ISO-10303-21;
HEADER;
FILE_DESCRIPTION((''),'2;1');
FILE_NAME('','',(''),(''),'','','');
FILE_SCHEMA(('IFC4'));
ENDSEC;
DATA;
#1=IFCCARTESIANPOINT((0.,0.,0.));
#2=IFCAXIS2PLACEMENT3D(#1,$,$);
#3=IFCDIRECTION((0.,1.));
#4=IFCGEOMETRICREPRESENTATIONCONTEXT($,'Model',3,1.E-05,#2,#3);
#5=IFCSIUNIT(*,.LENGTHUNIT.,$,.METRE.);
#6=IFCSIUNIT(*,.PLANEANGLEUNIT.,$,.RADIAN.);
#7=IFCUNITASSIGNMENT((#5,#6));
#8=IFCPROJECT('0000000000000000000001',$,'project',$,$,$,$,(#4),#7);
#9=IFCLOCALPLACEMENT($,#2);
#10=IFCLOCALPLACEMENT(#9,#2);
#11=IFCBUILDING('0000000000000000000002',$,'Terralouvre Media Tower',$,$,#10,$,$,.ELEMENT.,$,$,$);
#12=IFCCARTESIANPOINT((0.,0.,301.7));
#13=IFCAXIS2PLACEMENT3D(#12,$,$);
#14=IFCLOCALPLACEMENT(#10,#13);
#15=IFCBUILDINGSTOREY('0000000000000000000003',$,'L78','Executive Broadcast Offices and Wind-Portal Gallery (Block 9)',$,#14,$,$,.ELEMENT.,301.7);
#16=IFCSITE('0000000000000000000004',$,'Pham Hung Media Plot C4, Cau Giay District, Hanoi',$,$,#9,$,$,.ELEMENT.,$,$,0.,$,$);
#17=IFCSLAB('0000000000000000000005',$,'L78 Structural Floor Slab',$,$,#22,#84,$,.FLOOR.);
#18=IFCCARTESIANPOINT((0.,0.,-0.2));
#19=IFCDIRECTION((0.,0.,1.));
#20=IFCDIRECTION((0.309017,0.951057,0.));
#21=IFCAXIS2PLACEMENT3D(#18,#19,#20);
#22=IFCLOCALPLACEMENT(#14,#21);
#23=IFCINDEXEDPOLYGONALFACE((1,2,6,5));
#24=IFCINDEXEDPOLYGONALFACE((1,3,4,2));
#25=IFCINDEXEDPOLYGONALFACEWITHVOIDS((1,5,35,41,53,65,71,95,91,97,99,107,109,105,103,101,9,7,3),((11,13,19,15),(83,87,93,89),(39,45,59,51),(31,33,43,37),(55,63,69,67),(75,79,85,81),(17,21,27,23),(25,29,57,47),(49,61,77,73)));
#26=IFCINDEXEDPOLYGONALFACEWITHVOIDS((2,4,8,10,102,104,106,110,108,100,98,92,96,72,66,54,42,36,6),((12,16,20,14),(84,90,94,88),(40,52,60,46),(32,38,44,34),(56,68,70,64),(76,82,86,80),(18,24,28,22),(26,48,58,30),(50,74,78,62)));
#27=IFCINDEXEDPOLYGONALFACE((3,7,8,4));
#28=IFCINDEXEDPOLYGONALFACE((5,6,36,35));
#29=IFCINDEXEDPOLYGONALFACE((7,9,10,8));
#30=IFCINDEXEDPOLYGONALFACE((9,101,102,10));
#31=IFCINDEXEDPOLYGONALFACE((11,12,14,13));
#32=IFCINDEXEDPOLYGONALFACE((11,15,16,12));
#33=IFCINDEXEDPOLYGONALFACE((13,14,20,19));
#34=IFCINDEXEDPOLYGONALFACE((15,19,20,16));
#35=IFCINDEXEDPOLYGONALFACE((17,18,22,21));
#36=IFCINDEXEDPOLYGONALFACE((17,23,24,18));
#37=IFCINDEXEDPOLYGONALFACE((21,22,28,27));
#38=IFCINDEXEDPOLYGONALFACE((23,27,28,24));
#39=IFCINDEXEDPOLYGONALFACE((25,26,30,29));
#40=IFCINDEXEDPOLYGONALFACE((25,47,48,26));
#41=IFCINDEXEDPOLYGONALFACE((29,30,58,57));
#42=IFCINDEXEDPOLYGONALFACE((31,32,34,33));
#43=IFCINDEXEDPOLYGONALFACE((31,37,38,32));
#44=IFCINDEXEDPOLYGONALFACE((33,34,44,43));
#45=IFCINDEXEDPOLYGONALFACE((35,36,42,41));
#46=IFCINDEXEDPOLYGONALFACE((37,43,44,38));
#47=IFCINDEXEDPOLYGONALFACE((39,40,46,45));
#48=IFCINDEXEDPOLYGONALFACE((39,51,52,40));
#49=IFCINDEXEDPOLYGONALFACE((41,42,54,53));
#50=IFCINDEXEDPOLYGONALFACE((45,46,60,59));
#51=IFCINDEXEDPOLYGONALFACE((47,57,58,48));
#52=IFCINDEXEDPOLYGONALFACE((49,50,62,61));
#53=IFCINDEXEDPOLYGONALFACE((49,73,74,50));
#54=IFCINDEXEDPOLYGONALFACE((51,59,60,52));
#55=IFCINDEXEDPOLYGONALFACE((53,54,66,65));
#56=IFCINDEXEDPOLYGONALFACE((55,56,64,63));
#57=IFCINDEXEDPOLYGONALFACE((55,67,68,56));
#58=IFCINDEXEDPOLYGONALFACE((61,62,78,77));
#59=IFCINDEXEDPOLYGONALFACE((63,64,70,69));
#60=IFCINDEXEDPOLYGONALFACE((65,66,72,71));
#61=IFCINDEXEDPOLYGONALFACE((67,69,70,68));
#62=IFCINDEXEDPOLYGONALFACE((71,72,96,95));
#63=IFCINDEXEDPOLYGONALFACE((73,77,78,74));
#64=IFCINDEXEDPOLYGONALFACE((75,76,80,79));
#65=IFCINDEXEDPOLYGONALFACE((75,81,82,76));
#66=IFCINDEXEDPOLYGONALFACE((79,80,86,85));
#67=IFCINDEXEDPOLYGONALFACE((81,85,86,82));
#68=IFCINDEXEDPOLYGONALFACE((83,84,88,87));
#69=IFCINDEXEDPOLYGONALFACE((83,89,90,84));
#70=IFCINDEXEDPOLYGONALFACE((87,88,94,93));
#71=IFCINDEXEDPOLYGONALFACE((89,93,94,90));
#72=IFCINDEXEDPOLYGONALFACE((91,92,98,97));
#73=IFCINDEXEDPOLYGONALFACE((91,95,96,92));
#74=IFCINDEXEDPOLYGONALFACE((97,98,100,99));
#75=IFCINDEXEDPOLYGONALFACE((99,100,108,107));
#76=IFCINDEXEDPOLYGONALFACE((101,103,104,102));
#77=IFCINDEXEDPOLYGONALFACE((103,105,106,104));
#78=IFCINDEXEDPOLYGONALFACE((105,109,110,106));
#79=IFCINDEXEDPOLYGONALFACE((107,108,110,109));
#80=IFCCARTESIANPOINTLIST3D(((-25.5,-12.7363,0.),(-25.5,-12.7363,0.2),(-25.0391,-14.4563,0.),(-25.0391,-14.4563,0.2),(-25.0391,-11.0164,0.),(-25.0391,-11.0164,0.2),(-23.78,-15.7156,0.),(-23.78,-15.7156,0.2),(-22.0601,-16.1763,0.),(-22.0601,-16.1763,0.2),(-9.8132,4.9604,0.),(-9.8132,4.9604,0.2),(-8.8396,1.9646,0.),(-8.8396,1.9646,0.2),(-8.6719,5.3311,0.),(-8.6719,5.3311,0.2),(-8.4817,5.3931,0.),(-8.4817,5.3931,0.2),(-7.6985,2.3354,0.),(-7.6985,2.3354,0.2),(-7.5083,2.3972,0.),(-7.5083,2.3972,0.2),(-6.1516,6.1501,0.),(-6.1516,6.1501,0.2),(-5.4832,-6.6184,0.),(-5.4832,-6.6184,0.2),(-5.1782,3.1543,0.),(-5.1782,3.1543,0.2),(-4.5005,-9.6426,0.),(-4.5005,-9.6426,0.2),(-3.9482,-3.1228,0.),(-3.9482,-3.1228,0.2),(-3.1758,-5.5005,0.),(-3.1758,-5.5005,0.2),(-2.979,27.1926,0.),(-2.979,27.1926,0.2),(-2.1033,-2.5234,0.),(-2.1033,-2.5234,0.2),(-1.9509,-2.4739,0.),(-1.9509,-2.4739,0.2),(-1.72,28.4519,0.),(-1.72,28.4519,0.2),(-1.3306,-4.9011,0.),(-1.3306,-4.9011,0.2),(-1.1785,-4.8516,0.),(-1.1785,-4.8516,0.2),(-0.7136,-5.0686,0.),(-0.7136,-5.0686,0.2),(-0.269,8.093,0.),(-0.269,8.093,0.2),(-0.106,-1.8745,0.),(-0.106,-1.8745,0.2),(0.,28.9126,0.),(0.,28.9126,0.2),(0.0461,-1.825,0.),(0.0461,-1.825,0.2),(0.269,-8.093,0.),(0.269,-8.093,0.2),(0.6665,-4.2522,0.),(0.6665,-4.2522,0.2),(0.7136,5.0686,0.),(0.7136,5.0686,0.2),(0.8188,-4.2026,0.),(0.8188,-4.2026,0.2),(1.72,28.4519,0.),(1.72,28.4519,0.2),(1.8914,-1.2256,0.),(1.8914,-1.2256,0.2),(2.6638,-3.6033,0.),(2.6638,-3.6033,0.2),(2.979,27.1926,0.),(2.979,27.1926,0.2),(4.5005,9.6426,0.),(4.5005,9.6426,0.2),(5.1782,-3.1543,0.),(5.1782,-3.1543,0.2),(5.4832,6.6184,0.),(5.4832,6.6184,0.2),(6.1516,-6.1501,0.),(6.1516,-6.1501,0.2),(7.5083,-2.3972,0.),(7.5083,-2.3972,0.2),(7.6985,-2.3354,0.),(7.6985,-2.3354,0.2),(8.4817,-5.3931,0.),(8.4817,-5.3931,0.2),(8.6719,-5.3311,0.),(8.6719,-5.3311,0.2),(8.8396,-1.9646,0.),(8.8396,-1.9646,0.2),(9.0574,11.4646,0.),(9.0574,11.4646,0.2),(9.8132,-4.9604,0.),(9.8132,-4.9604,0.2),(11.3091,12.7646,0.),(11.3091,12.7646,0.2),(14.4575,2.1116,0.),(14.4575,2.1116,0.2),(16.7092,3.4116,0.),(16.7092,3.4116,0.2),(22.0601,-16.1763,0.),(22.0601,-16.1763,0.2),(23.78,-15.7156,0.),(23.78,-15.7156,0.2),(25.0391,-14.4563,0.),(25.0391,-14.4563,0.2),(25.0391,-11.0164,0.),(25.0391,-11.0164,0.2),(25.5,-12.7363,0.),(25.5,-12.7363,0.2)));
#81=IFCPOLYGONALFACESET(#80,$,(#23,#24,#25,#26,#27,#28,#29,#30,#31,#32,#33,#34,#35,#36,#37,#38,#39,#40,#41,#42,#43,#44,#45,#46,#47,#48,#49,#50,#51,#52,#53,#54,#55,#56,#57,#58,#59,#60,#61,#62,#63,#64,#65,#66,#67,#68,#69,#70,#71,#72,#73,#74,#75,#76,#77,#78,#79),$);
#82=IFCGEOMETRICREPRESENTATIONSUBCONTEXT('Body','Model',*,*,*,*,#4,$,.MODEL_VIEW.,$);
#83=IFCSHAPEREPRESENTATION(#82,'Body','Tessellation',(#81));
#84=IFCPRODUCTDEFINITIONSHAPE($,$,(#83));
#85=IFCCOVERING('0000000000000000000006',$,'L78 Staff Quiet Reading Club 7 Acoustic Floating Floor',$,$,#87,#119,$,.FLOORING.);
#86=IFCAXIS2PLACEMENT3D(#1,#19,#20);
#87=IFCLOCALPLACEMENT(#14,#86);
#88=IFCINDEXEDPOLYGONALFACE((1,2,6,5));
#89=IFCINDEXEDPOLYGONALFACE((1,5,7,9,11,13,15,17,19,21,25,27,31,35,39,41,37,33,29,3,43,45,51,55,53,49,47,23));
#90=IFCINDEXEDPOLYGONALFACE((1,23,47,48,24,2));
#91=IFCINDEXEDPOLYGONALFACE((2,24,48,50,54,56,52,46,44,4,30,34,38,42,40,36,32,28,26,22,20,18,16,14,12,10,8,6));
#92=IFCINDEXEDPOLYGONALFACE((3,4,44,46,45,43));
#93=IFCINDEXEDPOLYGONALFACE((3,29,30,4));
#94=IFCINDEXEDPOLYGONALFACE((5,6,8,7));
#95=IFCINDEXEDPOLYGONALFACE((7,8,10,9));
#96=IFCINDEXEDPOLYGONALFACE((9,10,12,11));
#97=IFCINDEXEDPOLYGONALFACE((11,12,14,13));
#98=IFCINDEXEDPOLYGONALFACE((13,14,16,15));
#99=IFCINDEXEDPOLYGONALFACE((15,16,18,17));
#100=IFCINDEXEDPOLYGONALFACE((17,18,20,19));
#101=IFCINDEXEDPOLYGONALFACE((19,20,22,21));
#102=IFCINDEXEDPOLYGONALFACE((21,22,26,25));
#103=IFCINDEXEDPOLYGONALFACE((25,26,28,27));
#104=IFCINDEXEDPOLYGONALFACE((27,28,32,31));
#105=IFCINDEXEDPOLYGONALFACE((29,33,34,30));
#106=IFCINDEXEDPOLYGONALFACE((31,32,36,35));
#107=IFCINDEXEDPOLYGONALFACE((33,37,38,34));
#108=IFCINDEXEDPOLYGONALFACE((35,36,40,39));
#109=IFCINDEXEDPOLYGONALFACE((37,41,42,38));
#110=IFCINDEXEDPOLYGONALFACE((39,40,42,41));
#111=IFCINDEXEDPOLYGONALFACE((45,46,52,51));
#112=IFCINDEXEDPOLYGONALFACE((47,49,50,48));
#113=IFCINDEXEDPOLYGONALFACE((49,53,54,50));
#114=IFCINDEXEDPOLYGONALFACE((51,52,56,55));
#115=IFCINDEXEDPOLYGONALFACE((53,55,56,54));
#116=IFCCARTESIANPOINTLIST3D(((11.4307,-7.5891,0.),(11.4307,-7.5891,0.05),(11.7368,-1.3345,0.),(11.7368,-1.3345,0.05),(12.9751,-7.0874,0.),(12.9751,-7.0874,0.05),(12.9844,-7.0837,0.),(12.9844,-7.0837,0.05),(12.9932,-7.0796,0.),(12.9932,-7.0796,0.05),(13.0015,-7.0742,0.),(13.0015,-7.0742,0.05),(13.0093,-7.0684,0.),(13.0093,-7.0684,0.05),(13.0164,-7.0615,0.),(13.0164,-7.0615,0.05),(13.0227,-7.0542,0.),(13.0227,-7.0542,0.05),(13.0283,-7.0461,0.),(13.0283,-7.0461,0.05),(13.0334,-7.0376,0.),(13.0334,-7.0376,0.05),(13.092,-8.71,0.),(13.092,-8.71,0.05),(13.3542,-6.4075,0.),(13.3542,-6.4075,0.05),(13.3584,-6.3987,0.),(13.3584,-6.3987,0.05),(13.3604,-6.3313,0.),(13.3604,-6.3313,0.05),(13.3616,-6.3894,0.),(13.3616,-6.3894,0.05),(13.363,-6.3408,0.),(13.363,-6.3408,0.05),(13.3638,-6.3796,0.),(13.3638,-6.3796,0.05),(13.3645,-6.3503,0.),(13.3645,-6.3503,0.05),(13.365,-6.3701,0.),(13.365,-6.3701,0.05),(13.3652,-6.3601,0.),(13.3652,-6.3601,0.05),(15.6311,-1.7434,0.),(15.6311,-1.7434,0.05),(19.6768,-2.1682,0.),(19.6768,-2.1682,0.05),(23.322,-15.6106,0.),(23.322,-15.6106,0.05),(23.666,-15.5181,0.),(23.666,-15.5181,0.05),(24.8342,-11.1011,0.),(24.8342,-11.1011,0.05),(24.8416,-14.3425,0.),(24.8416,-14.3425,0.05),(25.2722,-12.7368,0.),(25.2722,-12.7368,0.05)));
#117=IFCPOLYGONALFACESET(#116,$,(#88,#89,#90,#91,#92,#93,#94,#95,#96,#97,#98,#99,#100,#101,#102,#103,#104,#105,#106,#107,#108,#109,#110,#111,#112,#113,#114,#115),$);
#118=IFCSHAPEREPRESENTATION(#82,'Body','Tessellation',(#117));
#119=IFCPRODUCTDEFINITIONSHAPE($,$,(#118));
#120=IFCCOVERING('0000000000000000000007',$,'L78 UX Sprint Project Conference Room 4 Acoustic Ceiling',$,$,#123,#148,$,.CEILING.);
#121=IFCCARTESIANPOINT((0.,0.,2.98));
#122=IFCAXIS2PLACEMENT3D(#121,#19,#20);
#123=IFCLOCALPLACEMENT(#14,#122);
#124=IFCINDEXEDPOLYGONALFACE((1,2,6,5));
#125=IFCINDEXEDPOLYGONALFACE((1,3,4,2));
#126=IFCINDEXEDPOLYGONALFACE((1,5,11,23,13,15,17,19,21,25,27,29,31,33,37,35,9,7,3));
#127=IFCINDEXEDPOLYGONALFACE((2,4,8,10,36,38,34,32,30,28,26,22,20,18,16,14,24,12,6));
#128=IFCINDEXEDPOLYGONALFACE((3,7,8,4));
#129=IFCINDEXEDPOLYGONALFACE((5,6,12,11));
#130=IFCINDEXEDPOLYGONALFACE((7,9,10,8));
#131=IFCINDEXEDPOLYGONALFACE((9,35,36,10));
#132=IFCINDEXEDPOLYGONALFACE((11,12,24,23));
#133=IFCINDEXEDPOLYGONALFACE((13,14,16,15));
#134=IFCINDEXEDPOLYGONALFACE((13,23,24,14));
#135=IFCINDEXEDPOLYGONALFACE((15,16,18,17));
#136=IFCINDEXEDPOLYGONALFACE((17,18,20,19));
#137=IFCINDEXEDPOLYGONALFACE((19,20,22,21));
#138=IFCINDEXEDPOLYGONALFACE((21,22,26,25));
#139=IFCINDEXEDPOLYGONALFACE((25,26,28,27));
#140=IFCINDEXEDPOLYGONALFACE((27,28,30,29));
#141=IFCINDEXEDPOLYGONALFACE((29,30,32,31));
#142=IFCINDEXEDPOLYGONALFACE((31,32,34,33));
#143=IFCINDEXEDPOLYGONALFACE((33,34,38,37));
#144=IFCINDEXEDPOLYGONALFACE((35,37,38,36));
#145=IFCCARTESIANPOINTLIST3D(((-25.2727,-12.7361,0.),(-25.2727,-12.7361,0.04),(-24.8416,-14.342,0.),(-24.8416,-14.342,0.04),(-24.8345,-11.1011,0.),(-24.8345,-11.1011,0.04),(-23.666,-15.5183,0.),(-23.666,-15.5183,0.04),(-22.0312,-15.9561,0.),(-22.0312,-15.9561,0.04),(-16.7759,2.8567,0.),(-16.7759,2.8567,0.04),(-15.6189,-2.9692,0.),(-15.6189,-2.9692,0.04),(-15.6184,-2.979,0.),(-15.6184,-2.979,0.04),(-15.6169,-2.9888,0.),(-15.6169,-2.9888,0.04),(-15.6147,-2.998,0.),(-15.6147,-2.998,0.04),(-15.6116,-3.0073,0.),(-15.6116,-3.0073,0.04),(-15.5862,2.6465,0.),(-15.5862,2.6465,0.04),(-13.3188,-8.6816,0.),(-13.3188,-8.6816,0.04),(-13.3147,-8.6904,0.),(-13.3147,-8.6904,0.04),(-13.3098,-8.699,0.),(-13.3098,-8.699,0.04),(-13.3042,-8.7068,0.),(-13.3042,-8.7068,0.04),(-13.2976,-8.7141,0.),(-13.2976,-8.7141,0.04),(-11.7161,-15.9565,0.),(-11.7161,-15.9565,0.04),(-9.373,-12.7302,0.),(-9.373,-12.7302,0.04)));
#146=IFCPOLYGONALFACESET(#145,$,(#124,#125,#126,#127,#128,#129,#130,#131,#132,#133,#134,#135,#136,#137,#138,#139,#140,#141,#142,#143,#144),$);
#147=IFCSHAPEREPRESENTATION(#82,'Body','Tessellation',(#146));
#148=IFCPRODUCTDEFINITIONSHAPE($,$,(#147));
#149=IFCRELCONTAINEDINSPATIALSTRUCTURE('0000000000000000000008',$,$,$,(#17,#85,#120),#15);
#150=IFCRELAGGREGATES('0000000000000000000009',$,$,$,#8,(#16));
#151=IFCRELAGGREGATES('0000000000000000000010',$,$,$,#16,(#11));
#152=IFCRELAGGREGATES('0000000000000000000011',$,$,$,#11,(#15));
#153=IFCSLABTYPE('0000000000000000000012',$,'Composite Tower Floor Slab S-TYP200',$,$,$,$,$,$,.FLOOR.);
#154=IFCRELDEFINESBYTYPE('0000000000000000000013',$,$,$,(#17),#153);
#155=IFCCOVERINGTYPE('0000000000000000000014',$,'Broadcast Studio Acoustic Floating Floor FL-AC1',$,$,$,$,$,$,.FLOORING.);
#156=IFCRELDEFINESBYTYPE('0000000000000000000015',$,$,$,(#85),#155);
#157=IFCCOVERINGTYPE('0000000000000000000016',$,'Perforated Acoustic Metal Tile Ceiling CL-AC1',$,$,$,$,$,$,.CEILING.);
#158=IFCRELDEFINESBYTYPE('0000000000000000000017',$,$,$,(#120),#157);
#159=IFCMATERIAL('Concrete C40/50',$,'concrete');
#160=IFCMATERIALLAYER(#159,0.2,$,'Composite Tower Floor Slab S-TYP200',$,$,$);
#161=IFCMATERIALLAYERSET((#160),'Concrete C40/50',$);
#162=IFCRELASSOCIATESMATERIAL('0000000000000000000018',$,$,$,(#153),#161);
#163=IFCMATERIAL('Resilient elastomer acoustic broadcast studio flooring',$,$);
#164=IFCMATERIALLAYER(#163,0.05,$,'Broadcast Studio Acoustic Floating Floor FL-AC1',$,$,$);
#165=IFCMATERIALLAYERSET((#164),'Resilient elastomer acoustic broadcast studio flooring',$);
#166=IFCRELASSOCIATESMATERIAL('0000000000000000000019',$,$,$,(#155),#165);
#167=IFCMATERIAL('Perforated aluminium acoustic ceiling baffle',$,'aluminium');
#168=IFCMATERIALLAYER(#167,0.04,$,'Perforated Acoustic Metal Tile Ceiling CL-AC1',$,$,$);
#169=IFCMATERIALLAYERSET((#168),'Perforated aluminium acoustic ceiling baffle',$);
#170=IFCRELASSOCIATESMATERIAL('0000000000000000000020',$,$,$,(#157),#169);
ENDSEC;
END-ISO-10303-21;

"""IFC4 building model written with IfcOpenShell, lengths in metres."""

from ifc_helpers import new_model, si_unit, direction, frame, origin, place, context, subcontext, project, spatial, polyline, outline, extrude, material, layer, layer_set, type_object, element, save


model = new_model("IFC4")

# Units and contexts
model_context = context("Model", 3, precision=1e-05, world=origin(), true_north=direction((0.0, 1.0)))
body_context = subcontext(model_context, "Body", "Model", "MODEL_VIEW")
ifc_project = project(units=[si_unit("LENGTHUNIT", "METRE"), si_unit("PLANEANGLEUNIT", "RADIAN")], contexts=[model_context])

# Site, building, storey
site_placement = place(None, origin())
site = spatial("IfcSite", under=ifc_project, at=site_placement, Name="Pham Hung Media Plot C4, Cau Giay District, Hanoi", CompositionType="ELEMENT", RefElevation=0.0)
building_placement = place(site_placement, origin())
building = spatial("IfcBuilding", under=site, at=building_placement, Name="Terralouvre Media Tower", CompositionType="ELEMENT")
storey_placement = place(building_placement, frame((0.0, 0.0, 301.7)))
storey = spatial("IfcBuildingStorey", under=building, at=storey_placement, Name="L78", Description="Executive Broadcast Offices and Wind-Portal Gallery (Block 9)", CompositionType="ELEMENT", Elevation=301.7)

# Slab
ifc_material_1 = material(Name="Concrete C40/50", Category="concrete")
ifc_layer_1 = layer(ifc_material_1, 0.2, Name="Composite Tower Floor Slab S-TYP200")
ifc_layer_set_1 = layer_set([ifc_layer_1], Name="Concrete C40/50")
slab_type_1 = type_object("IfcSlabType", Name="Composite Tower Floor Slab S-TYP200", PredefinedType="FLOOR", material=ifc_layer_set_1)
slab_1_placement = place(storey_placement, frame((0.0, 0.0, -0.2), z_axis=(0.0, 0.0, 1.0), x_axis=(0.309017, 0.951057, 0.0)))
element("IfcSlab", 1, at=slab_1_placement, inside=storey, type_object=slab_type_1, Name="L78 Structural Floor Slab", PredefinedType="FLOOR", context=body_context, shape_type="SweptSolid", body=[
    extrude(outline(polyline([(25.0391, -11.0164), (16.7092, 3.4116), (14.4575, 2.1116), (9.0574, 11.4646), (11.3091, 12.7646), (2.979, 27.1926), (1.72, 28.4519), (0.0, 28.9126), (-1.72, 28.4519), (-2.979, 27.1926), (-25.0391, -11.0164), (-25.5, -12.7363), (-25.0391, -14.4563), (-23.78, -15.7156), (-22.0601, -16.1763), (22.0601, -16.1763), (23.78, -15.7156), (25.0391, -14.4563), (25.5, -12.7363), (25.0391, -11.0164)]), holes=[polyline([(-7.6985, 2.3354), (-8.8396, 1.9646), (-9.8132, 4.9604), (-8.6719, 5.3311), (-7.6985, 2.3354)]), polyline([(-5.1782, 3.1543), (-7.5083, 2.3972), (-8.4817, 5.3931), (-6.1516, 6.1501), (-5.1782, 3.1543)]), polyline([(-5.4832, -6.6184), (-0.7136, -5.0686), (0.269, -8.093), (-4.5005, -9.6426), (-5.4832, -6.6184)]), polyline([(-1.3306, -4.9011), (-3.1758, -5.5005), (-3.9482, -3.1228), (-2.1033, -2.5234), (-1.3306, -4.9011)]), polyline([(0.6665, -4.2522), (-1.1785, -4.8516), (-1.9509, -2.4739), (-0.106, -1.8745), (0.6665, -4.2522)]), polyline([(2.6638, -3.6033), (0.8188, -4.2026), (0.0461, -1.825), (1.8914, -1.2256), (2.6638, -3.6033)]), polyline([(5.4832, 6.6184), (0.7136, 5.0686), (-0.269, 8.093), (4.5005, 9.6426), (5.4832, 6.6184)]), polyline([(6.1516, -6.1501), (5.1782, -3.1543), (7.5083, -2.3972), (8.4817, -5.3931), (6.1516, -6.1501)]), polyline([(8.6719, -5.3311), (7.6985, -2.3354), (8.8396, -1.9646), (9.8132, -4.9604), (8.6719, -5.3311)])]), origin(), (0.0, 0.0, 1.0), 0.2),
])

# Coverings
ifc_material_2 = material(Name="Resilient elastomer acoustic broadcast studio flooring")
ifc_layer_2 = layer(ifc_material_2, 0.05, Name="Broadcast Studio Acoustic Floating Floor FL-AC1")
ifc_layer_set_2 = layer_set([ifc_layer_2], Name="Resilient elastomer acoustic broadcast studio flooring")
covering_type_1 = type_object("IfcCoveringType", Name="Broadcast Studio Acoustic Floating Floor FL-AC1", PredefinedType="FLOORING", material=ifc_layer_set_2)
covering_1_placement = place(storey_placement, frame((0.0, 0.0, 0.0), z_axis=(0.0, 0.0, 1.0), x_axis=(0.309017, 0.951057, 0.0)))
element("IfcCovering", 2, at=covering_1_placement, inside=storey, type_object=covering_type_1, Name="L78 Staff Quiet Reading Club 7 Acoustic Floating Floor", PredefinedType="FLOORING", context=body_context, shape_type="SweptSolid", body=[
    extrude(outline(polyline([(19.6768, -2.1682), (15.6311, -1.7434), (11.7368, -1.3345), (13.3604, -6.3313), (13.363, -6.3408), (13.3645, -6.3503), (13.3652, -6.3601), (13.365, -6.3701), (13.3638, -6.3796), (13.3616, -6.3894), (13.3584, -6.3987), (13.3542, -6.4075), (13.0334, -7.0376), (13.0283, -7.0461), (13.0227, -7.0542), (13.0164, -7.0615), (13.0093, -7.0684), (13.0015, -7.0742), (12.9932, -7.0796), (12.9844, -7.0837), (12.9751, -7.0874), (11.4307, -7.5891), (13.092, -8.71), (23.322, -15.6106), (23.666, -15.5181), (24.8416, -14.3425), (25.2722, -12.7368), (24.8342, -11.1011), (19.6768, -2.1682)])), origin(), (0.0, 0.0, 1.0), 0.05),
])
ifc_material_3 = material(Name="Perforated aluminium acoustic ceiling baffle", Category="aluminium")
ifc_layer_3 = layer(ifc_material_3, 0.04, Name="Perforated Acoustic Metal Tile Ceiling CL-AC1")
ifc_layer_set_3 = layer_set([ifc_layer_3], Name="Perforated aluminium acoustic ceiling baffle")
covering_type_2 = type_object("IfcCoveringType", Name="Perforated Acoustic Metal Tile Ceiling CL-AC1", PredefinedType="CEILING", material=ifc_layer_set_3)
covering_2_placement = place(storey_placement, frame((0.0, 0.0, 2.98), z_axis=(0.0, 0.0, 1.0), x_axis=(0.309017, 0.951057, 0.0)))
element("IfcCovering", 3, at=covering_2_placement, inside=storey, type_object=covering_type_2, Name="L78 UX Sprint Project Conference Room 4 Acoustic Ceiling", PredefinedType="CEILING", context=body_context, shape_type="SweptSolid", body=[
    extrude(outline(polyline([(-13.2976, -8.7141), (-13.3042, -8.7068), (-13.3098, -8.699), (-13.3147, -8.6904), (-13.3188, -8.6816), (-15.6116, -3.0073), (-15.6147, -2.998), (-15.6169, -2.9888), (-15.6184, -2.979), (-15.6189, -2.9692), (-15.5862, 2.6465), (-16.7759, 2.8567), (-24.8345, -11.1011), (-25.2727, -12.7361), (-24.8416, -14.342), (-23.666, -15.5183), (-22.0312, -15.9561), (-11.7161, -15.9565), (-9.373, -12.7302), (-13.2976, -8.7141)])), origin(), (0.0, 0.0, 1.0), 0.04),
])

save(model, "model.ifc")
